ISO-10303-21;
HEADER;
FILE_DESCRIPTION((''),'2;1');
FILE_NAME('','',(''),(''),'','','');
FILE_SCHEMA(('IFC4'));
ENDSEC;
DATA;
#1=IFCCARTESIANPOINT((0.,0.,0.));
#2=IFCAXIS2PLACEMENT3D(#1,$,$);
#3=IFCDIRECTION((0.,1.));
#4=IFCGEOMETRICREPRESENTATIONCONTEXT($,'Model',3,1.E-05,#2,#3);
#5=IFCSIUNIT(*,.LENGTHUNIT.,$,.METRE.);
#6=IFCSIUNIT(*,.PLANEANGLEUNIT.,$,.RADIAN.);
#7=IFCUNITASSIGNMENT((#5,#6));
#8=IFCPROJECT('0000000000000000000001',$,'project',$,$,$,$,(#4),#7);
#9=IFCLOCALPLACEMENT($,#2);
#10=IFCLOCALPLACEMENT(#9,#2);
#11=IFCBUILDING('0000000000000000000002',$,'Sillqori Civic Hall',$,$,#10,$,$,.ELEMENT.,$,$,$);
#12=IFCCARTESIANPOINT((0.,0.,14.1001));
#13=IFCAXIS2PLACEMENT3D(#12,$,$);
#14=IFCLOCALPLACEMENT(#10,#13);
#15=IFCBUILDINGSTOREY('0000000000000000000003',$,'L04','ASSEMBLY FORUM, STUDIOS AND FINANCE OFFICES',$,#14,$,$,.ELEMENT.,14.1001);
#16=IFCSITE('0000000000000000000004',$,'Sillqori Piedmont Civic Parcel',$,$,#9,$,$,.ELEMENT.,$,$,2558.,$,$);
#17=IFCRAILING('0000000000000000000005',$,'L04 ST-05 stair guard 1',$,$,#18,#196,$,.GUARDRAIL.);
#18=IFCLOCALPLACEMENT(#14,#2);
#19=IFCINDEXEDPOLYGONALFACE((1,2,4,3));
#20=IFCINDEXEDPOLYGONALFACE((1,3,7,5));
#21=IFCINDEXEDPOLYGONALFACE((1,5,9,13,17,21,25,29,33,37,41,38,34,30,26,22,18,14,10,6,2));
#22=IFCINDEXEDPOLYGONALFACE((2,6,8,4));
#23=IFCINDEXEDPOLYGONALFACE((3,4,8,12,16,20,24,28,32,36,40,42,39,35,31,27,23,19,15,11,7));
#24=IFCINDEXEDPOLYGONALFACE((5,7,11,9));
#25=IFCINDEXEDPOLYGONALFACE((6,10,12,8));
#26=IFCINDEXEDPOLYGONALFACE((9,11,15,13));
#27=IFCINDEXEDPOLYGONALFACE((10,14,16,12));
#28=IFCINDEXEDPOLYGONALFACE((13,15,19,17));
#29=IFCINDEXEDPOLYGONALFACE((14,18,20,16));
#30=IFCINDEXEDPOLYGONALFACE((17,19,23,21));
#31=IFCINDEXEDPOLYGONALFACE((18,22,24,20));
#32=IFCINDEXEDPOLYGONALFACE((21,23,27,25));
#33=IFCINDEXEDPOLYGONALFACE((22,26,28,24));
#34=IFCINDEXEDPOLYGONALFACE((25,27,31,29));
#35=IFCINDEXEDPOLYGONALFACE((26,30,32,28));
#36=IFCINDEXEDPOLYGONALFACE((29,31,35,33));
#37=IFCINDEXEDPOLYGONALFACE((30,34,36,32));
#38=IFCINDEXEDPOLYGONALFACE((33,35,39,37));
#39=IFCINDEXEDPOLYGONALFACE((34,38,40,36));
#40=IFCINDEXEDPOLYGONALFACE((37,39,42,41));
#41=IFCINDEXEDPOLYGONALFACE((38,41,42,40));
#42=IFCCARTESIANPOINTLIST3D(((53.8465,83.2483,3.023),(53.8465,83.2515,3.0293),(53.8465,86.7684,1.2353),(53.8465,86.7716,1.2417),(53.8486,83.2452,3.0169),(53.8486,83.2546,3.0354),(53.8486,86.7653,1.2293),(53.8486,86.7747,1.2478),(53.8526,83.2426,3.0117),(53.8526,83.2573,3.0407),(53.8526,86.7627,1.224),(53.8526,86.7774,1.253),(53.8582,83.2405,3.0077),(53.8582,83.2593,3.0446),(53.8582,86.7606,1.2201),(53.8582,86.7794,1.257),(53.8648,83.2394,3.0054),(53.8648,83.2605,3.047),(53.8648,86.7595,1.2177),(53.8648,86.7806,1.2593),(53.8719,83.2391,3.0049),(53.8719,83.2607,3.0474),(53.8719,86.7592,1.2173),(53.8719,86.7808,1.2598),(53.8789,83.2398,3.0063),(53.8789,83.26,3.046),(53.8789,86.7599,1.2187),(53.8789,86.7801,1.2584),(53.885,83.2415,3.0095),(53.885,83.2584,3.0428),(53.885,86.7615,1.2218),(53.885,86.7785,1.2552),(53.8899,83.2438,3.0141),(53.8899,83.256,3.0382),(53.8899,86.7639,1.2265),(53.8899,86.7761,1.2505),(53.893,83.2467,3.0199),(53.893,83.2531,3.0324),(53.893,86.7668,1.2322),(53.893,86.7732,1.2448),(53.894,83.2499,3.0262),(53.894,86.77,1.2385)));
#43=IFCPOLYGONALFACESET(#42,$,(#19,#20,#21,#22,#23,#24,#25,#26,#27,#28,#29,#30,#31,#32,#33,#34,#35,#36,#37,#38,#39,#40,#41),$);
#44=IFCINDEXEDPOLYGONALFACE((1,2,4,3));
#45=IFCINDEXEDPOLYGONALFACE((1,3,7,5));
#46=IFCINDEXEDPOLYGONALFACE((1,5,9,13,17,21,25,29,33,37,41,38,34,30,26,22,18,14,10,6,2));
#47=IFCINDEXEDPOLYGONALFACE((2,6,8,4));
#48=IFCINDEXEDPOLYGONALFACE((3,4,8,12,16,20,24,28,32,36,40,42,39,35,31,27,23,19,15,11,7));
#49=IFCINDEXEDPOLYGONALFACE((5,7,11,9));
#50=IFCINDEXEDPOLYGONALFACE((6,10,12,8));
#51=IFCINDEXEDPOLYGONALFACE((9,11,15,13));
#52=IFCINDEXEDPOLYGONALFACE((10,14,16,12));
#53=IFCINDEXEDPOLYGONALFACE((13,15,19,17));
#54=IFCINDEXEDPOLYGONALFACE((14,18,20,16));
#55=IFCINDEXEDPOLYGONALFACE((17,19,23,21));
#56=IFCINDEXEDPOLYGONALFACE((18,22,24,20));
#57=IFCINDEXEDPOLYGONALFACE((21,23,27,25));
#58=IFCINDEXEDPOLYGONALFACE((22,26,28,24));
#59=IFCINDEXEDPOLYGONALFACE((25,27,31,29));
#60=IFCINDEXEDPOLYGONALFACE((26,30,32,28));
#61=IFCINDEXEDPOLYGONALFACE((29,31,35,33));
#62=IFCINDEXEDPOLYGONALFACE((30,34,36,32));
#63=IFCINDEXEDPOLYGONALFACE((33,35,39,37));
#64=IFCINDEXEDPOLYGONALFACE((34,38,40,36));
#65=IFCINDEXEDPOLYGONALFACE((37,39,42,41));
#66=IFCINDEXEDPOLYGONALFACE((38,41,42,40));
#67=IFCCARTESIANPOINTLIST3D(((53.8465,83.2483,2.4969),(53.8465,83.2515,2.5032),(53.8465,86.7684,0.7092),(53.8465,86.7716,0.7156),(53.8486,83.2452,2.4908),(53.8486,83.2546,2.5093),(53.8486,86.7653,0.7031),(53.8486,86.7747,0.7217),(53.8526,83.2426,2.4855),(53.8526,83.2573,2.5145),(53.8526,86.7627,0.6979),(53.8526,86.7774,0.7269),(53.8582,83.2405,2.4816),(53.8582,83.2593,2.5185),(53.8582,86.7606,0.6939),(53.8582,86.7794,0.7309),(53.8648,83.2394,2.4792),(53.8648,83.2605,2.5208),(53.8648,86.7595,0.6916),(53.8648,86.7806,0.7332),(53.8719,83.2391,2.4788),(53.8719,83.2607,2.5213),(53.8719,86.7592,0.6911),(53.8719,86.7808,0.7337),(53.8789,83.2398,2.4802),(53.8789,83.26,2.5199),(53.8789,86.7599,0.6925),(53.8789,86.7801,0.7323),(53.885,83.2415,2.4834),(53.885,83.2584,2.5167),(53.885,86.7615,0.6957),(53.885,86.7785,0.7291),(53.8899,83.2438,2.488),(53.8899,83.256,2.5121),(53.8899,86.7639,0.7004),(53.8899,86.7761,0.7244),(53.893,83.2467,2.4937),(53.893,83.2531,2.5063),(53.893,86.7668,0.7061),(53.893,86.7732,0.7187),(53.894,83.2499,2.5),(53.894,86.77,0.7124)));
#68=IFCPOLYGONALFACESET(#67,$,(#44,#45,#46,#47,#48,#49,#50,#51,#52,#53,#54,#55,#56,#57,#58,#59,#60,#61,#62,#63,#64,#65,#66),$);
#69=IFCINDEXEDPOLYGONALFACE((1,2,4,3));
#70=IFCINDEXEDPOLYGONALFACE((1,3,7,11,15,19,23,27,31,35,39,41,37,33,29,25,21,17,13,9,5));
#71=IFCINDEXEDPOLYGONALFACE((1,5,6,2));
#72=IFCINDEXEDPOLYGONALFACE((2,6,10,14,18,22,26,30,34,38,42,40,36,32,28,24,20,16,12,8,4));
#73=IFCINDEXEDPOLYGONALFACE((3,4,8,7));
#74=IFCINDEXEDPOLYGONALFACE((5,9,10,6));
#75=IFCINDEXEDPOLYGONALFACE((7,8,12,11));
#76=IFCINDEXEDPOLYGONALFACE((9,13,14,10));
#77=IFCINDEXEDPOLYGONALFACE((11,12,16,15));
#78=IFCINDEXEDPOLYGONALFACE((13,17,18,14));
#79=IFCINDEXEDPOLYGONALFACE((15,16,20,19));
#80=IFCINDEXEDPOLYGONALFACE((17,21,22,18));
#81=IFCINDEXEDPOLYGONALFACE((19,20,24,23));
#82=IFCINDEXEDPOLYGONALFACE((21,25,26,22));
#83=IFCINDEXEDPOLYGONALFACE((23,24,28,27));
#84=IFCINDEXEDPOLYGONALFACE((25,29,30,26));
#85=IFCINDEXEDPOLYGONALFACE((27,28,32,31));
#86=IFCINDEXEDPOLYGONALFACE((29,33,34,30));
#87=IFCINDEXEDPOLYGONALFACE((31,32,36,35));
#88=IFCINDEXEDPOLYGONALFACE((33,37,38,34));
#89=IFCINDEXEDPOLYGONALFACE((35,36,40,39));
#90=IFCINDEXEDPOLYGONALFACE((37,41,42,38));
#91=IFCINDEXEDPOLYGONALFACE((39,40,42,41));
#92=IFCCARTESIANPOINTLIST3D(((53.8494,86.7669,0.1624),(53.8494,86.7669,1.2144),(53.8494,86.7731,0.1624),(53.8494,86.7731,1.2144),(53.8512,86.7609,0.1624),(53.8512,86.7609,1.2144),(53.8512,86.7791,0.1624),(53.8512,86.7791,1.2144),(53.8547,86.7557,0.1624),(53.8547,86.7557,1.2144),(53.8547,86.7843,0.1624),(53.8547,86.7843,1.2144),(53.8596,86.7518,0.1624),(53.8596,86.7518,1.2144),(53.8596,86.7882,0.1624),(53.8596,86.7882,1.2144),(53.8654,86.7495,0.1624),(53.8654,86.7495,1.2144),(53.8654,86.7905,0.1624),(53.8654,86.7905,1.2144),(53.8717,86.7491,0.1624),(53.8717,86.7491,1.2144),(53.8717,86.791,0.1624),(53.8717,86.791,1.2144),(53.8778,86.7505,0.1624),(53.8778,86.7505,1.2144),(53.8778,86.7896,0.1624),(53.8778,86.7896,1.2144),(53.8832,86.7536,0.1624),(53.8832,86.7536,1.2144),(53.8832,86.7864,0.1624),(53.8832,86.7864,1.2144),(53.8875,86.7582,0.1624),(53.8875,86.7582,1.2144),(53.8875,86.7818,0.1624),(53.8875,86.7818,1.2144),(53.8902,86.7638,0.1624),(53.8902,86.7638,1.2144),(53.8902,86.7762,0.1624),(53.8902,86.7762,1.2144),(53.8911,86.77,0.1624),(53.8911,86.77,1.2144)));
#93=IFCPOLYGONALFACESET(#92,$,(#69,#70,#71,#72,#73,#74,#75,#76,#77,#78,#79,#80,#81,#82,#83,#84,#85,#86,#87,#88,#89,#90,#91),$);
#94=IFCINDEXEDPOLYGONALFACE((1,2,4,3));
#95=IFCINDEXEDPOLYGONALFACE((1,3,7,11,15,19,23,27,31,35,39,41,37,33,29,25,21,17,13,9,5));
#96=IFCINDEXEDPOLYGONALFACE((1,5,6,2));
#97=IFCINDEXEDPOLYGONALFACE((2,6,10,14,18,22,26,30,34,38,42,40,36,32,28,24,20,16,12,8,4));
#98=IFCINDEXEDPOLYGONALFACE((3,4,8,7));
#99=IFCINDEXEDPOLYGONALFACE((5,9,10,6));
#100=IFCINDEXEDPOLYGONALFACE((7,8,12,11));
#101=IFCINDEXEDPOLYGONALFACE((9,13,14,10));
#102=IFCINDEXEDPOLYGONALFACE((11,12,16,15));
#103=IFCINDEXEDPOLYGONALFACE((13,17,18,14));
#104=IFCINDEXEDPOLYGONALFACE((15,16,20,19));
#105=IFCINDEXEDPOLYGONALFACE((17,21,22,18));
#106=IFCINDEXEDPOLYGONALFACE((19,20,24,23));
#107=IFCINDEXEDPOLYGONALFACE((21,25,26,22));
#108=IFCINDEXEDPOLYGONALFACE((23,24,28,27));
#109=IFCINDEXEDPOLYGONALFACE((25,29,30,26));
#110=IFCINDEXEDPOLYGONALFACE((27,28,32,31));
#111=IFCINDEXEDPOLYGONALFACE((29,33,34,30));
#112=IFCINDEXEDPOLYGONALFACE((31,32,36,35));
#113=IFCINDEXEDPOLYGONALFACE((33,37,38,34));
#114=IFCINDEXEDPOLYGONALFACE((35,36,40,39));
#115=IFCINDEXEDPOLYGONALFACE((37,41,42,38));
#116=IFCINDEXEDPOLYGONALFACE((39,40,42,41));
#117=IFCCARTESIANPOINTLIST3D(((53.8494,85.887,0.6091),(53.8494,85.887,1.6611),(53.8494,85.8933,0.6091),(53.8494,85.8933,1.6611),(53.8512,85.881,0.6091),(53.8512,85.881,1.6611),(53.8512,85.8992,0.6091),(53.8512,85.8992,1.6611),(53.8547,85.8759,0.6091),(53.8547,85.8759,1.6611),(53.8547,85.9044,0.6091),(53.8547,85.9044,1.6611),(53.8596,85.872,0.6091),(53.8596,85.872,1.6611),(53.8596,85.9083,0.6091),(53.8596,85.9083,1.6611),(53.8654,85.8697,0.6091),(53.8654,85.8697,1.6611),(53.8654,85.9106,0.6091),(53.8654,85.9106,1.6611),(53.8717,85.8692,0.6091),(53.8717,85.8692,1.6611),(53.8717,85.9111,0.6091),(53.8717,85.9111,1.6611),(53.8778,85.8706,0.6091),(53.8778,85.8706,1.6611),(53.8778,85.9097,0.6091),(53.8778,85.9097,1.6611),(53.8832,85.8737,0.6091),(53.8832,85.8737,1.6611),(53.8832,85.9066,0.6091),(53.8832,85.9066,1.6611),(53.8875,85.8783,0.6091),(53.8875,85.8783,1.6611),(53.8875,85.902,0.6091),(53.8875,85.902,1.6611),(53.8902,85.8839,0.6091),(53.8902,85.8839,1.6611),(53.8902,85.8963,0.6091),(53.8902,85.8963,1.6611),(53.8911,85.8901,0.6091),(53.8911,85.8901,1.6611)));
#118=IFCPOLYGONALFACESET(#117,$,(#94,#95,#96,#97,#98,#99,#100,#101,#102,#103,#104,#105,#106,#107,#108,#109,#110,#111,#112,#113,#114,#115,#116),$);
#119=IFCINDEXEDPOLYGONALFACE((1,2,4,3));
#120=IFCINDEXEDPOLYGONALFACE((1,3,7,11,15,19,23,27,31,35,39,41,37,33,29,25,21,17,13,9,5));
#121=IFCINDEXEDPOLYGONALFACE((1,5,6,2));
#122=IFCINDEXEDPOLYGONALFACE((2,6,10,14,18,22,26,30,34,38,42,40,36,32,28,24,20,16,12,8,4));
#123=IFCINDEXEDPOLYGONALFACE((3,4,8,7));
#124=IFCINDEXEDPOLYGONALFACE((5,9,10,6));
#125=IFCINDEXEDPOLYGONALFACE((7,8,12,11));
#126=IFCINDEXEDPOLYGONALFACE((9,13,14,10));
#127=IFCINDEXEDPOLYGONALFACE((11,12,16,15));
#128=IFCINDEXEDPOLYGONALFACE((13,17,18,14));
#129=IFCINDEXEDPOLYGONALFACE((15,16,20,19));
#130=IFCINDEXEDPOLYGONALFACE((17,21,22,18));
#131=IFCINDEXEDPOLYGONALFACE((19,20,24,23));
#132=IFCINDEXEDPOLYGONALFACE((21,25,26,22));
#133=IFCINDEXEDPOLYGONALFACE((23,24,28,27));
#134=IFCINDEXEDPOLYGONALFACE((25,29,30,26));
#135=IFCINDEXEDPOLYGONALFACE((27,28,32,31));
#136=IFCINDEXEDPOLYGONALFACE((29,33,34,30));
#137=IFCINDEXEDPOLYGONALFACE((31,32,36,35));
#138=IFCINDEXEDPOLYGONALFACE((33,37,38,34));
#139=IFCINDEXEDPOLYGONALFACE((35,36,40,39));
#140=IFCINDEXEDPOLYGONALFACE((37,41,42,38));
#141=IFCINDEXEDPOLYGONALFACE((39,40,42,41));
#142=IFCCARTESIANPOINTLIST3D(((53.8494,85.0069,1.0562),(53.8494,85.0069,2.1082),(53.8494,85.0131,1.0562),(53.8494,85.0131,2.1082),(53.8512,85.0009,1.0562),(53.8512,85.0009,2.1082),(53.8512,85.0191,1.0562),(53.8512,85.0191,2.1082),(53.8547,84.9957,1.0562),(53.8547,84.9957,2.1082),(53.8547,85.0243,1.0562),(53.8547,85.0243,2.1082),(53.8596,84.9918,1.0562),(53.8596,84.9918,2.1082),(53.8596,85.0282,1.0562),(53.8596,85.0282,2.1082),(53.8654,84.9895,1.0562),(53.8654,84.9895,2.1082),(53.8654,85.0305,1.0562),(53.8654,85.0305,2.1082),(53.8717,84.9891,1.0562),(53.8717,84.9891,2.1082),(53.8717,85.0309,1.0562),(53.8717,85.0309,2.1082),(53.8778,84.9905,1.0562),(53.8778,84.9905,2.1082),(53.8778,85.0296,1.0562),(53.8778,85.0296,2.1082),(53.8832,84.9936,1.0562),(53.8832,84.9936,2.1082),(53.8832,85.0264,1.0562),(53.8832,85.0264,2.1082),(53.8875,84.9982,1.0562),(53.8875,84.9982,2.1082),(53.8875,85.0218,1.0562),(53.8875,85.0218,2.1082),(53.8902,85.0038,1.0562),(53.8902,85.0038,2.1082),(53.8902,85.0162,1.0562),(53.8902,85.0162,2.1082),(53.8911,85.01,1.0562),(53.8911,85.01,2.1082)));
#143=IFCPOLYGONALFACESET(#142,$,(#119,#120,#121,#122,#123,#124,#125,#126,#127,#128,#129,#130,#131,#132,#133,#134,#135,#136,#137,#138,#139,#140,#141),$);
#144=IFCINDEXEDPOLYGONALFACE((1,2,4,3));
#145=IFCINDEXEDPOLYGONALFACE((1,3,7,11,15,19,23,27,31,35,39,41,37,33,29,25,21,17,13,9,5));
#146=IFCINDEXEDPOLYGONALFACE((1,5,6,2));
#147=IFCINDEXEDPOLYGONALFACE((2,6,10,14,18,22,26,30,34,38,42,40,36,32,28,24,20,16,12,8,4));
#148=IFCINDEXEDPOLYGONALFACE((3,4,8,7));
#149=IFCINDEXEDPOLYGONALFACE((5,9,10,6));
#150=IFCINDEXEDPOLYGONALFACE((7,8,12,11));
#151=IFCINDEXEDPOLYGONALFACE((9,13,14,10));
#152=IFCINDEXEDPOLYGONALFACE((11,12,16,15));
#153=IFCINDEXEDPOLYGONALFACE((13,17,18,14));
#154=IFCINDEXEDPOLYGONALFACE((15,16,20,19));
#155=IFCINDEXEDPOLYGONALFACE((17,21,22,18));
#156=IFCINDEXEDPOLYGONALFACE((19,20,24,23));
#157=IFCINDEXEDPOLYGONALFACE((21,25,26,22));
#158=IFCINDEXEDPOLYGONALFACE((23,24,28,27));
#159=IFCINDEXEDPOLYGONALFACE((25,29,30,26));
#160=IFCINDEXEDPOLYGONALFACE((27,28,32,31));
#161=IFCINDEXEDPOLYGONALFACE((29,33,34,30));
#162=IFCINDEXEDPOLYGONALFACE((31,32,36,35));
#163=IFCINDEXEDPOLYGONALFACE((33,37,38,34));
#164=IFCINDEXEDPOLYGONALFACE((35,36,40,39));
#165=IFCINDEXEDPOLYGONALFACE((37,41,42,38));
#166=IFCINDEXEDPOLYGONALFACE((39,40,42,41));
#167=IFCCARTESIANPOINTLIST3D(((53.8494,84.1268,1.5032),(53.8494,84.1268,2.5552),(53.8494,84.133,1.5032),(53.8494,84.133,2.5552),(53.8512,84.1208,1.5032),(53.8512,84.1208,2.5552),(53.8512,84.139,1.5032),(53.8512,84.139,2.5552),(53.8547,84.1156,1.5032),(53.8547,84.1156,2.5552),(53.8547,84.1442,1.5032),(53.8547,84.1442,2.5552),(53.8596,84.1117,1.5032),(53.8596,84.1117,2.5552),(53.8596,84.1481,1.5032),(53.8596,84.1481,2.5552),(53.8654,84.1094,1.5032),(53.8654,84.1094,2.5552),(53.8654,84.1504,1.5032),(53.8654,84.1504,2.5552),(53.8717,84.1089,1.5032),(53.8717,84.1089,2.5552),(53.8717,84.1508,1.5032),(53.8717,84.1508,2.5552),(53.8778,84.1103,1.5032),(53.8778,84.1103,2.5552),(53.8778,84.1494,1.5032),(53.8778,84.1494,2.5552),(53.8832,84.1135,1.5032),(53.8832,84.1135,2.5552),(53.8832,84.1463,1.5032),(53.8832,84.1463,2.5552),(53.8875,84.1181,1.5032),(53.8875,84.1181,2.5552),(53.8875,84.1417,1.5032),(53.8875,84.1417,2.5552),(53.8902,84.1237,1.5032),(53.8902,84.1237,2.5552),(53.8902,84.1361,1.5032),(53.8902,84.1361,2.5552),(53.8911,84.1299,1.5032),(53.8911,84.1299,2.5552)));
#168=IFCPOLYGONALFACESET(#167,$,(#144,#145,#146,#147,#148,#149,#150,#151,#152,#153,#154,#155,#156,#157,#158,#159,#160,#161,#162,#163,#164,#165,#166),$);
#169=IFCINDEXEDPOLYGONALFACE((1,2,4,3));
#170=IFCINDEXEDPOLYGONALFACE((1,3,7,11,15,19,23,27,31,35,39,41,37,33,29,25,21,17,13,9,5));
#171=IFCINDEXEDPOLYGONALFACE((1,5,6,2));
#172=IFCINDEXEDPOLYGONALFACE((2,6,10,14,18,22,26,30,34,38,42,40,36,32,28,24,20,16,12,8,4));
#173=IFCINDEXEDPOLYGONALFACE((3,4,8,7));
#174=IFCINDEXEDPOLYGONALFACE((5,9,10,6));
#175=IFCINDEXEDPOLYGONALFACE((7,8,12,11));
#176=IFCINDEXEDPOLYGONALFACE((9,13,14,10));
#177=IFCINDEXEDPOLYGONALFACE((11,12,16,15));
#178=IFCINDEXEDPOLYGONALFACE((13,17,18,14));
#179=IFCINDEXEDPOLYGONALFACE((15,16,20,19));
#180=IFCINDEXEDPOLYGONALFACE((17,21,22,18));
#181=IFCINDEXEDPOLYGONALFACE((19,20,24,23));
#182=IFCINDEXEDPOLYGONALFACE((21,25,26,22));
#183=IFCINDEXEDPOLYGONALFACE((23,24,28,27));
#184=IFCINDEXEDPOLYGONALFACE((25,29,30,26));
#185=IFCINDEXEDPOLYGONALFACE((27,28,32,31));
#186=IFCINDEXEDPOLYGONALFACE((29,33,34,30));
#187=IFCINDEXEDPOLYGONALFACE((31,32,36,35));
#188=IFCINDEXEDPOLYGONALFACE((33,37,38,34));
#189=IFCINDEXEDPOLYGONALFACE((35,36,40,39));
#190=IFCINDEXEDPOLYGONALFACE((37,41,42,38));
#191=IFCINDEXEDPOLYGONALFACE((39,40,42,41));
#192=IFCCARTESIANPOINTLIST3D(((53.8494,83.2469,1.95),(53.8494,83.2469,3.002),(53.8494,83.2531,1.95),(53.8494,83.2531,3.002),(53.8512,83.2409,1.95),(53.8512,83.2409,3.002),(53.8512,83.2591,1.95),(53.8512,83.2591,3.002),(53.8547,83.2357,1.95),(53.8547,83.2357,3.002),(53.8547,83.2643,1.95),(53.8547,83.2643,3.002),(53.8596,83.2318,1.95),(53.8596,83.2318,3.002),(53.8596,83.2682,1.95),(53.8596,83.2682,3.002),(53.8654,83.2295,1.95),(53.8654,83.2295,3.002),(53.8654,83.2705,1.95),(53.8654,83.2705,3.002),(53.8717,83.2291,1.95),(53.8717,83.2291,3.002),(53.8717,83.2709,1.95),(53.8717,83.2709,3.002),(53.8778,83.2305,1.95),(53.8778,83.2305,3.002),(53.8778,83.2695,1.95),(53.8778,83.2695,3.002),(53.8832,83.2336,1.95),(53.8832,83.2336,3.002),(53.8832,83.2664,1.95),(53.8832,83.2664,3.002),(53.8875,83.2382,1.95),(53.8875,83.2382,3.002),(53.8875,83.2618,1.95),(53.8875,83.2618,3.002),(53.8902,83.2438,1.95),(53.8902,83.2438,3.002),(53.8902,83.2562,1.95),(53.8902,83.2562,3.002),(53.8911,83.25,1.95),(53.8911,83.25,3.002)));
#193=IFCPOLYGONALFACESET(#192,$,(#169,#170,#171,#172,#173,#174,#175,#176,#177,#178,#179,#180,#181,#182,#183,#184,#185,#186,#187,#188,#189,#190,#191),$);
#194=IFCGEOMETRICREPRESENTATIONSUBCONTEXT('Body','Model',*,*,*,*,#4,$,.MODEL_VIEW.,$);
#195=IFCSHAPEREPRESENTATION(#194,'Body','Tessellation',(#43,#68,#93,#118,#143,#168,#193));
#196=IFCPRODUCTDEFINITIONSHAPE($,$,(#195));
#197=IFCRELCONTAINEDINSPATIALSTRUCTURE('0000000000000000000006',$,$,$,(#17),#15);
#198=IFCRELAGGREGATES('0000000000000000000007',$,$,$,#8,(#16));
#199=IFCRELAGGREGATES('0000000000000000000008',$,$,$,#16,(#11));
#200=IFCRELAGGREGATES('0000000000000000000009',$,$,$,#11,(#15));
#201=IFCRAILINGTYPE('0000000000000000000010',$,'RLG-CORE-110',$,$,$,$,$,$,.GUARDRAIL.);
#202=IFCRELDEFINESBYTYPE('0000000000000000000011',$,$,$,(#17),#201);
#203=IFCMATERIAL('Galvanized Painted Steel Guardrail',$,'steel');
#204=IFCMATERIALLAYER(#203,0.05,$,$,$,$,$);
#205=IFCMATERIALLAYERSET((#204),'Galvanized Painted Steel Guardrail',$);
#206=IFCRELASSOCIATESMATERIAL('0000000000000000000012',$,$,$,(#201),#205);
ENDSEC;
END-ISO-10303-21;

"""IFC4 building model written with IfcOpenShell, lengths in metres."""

from ifc_helpers import new_model, si_unit, direction, frame, origin, origin_2d, place, context, subcontext, project, spatial, circle, extrude, material, layer, layer_set, type_object, element, save


model = new_model("IFC4")

# Units and contexts
model_context = context("Model", 3, precision=1e-05, world=origin(), true_north=direction((0.0, 1.0)))
body_context = subcontext(model_context, "Body", "Model", "MODEL_VIEW")
ifc_project = project(units=[si_unit("LENGTHUNIT", "METRE"), si_unit("PLANEANGLEUNIT", "RADIAN")], contexts=[model_context])

# Site, building, storey
site_placement = place(None, origin())
site = spatial("IfcSite", under=ifc_project, at=site_placement, Name="Sillqori Piedmont Civic Parcel", CompositionType="ELEMENT", RefElevation=2558.0)
building_placement = place(site_placement, origin())
building = spatial("IfcBuilding", under=site, at=building_placement, Name="Sillqori Civic Hall", CompositionType="ELEMENT")
storey_placement = place(building_placement, frame((0.0, 0.0, 14.1001)))
storey = spatial("IfcBuildingStorey", under=building, at=storey_placement, Name="L04", Description="ASSEMBLY FORUM, STUDIOS AND FINANCE OFFICES", CompositionType="ELEMENT", Elevation=14.1001)

# Railing
ifc_material_1 = material(Name="Galvanized Painted Steel Guardrail", Category="steel")
ifc_layer_1 = layer(ifc_material_1, 0.05)
ifc_layer_set_1 = layer_set([ifc_layer_1], Name="Galvanized Painted Steel Guardrail")
railing_type_1 = type_object("IfcRailingType", Name="RLG-CORE-110", PredefinedType="GUARDRAIL", material=ifc_layer_set_1)
railing_1_placement = place(storey_placement, frame((53.8701, 86.77, 0.1624)))
element("IfcRailing", 1, at=railing_1_placement, inside=storey, type_object=railing_type_1, Name="L04 ST-05 stair guard 1", PredefinedType="GUARDRAIL", context=body_context, shape_type="SweptSolid", body=[
    extrude(circle(Radius=0.0239, at=origin_2d()), frame((0.0, 0.0, 1.0762), z_axis=(0.0, -0.891615, 0.452795), x_axis=(1.0, 0.0, 0.0)), (0.0, 0.0, 1.0), 3.948),
    extrude(circle(Radius=0.0239, at=origin_2d()), frame((0.0, 0.0, 0.55), z_axis=(0.0, -0.891615, 0.452795), x_axis=(1.0, 0.0, 0.0)), (0.0, 0.0, 1.0), 3.948),
    extrude(circle(Radius=0.021, at=origin_2d()), origin(), (0.0, 0.0, 1.0), 1.052),
    extrude(circle(Radius=0.021, at=origin_2d()), frame((0.0, -0.8799, 0.4468)), (0.0, 0.0, 1.0), 1.052),
    extrude(circle(Radius=0.021, at=origin_2d()), frame((0.0, -1.76, 0.8938)), (0.0, 0.0, 1.0), 1.052),
    extrude(circle(Radius=0.021, at=origin_2d()), frame((0.0, -2.6401, 1.3408)), (0.0, 0.0, 1.0), 1.052),
    extrude(circle(Radius=0.021, at=origin_2d()), frame((0.0, -3.52, 1.7876)), (0.0, 0.0, 1.0), 1.052),
])

save(model, "model.ifc")
